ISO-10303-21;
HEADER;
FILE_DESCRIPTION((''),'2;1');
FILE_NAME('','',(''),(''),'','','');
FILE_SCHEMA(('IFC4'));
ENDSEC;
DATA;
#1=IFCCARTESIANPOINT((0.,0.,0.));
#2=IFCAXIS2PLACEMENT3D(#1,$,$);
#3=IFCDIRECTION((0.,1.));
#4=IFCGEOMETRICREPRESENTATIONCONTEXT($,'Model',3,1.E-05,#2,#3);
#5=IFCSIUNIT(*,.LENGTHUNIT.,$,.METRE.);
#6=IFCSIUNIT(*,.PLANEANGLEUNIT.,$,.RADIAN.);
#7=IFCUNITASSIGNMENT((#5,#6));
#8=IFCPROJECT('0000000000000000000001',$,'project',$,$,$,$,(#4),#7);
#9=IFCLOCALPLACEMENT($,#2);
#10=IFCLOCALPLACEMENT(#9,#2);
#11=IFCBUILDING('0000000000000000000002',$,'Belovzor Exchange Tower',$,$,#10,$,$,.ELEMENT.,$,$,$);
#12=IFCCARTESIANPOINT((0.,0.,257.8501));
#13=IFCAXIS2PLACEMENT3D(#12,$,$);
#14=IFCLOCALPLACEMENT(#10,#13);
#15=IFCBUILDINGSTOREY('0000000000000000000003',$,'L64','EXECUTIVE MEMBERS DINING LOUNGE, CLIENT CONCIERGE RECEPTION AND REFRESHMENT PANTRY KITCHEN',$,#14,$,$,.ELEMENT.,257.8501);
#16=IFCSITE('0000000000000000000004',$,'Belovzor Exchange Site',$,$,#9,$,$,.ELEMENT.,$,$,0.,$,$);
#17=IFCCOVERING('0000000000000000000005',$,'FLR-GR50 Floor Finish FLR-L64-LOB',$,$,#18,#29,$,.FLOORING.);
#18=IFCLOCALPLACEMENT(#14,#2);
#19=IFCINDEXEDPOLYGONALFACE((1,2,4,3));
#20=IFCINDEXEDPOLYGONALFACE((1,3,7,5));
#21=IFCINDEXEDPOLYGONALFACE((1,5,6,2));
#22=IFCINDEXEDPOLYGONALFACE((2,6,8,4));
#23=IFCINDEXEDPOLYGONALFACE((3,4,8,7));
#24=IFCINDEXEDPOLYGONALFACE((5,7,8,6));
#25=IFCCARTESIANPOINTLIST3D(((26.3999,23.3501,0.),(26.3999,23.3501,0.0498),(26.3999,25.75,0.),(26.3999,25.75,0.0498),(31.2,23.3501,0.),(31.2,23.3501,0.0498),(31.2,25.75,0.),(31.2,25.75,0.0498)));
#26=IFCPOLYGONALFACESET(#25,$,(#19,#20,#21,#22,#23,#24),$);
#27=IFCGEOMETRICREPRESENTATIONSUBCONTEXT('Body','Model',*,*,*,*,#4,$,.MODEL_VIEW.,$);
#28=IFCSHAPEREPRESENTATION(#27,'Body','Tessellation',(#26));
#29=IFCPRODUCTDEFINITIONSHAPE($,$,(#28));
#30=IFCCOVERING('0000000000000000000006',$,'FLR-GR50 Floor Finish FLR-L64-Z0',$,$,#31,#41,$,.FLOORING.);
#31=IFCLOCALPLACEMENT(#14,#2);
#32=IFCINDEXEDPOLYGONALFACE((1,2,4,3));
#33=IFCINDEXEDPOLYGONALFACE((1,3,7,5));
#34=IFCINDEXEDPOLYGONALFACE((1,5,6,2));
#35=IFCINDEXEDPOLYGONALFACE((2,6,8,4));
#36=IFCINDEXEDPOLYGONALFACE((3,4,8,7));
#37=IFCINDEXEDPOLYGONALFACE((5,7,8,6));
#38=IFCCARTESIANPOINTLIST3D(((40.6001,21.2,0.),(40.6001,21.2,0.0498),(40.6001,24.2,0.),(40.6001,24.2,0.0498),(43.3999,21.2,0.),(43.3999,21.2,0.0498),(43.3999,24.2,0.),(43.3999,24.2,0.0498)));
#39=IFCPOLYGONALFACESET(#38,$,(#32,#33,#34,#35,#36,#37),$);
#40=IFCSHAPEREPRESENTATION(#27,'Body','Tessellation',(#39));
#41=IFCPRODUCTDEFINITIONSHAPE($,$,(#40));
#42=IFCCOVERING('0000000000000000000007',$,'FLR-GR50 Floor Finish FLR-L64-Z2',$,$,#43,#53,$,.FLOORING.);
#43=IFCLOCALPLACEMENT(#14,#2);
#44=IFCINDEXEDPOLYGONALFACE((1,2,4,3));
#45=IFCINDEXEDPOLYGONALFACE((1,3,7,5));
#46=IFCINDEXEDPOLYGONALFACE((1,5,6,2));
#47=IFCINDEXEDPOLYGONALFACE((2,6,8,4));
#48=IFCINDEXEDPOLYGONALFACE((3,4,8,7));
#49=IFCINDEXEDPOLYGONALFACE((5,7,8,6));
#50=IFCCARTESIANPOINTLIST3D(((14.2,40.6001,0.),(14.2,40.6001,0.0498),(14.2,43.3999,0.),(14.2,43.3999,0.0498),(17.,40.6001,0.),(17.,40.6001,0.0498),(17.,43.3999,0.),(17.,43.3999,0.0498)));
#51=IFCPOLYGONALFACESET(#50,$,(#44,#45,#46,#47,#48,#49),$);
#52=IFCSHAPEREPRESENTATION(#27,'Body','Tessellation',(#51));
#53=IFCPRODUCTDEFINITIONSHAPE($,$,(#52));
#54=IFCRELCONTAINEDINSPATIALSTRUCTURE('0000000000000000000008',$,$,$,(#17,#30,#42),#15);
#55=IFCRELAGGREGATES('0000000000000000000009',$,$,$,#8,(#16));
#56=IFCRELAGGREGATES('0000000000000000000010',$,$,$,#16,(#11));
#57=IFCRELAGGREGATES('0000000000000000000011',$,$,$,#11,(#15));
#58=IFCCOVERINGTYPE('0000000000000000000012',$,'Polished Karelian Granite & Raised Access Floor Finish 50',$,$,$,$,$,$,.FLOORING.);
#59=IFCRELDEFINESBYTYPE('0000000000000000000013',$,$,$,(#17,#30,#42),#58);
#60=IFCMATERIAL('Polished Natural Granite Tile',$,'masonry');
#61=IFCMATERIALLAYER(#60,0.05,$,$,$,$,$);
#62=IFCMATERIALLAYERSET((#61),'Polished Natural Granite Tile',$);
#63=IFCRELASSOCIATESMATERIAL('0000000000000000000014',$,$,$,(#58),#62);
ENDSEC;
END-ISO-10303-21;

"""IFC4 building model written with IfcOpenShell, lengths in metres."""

from ifc_helpers import new_model, si_unit, direction, frame, origin, place, context, subcontext, project, spatial, polyline, outline, extrude, material, layer, layer_set, type_object, element, save


model = new_model("IFC4")

# Units and contexts
model_context = context("Model", 3, precision=1e-05, world=origin(), true_north=direction((0.0, 1.0)))
body_context = subcontext(model_context, "Body", "Model", "MODEL_VIEW")
ifc_project = project(units=[si_unit("LENGTHUNIT", "METRE"), si_unit("PLANEANGLEUNIT", "RADIAN")], contexts=[model_context])

# Site, building, storey
site_placement = place(None, origin())
site = spatial("IfcSite", under=ifc_project, at=site_placement, Name="Belovzor Exchange Site", CompositionType="ELEMENT", RefElevation=0.0)
building_placement = place(site_placement, origin())
building = spatial("IfcBuilding", under=site, at=building_placement, Name="Belovzor Exchange Tower", CompositionType="ELEMENT")
storey_placement = place(building_placement, frame((0.0, 0.0, 257.8501)))
storey = spatial("IfcBuildingStorey", under=building, at=storey_placement, Name="L64", Description="EXECUTIVE MEMBERS DINING LOUNGE, CLIENT CONCIERGE RECEPTION AND REFRESHMENT PANTRY KITCHEN", CompositionType="ELEMENT", Elevation=257.8501)

# Coverings
ifc_material_1 = material(Name="Polished Natural Granite Tile", Category="masonry")
ifc_layer_1 = layer(ifc_material_1, 0.05)
ifc_layer_set_1 = layer_set([ifc_layer_1], Name="Polished Natural Granite Tile")
covering_type_1 = type_object("IfcCoveringType", Name="Polished Karelian Granite & Raised Access Floor Finish 50", PredefinedType="FLOORING", material=ifc_layer_set_1)
covering_1_placement = place(storey_placement, origin())
element("IfcCovering", 1, at=covering_1_placement, inside=storey, type_object=covering_type_1, Name="FLR-GR50 Floor Finish FLR-L64-LOB", PredefinedType="FLOORING", context=body_context, shape_type="SweptSolid", body=[
    extrude(outline(polyline([(26.3999, 23.3501), (31.2, 23.3501), (31.2, 25.75), (26.3999, 25.75), (26.3999, 23.3501)])), origin(), (0.0, 0.0, 1.0), 0.0498),
])
covering_2_placement = place(storey_placement, origin())
element("IfcCovering", 2, at=covering_2_placement, inside=storey, type_object=covering_type_1, Name="FLR-GR50 Floor Finish FLR-L64-Z0", PredefinedType="FLOORING", context=body_context, shape_type="SweptSolid", body=[
    extrude(outline(polyline([(40.6001, 21.2), (43.3999, 21.2), (43.3999, 24.2), (40.6001, 24.2), (40.6001, 21.2)])), origin(), (0.0, 0.0, 1.0), 0.0498),
])
covering_3_placement = place(storey_placement, origin())
element("IfcCovering", 3, at=covering_3_placement, inside=storey, type_object=covering_type_1, Name="FLR-GR50 Floor Finish FLR-L64-Z2", PredefinedType="FLOORING", context=body_context, shape_type="SweptSolid", body=[
    extrude(outline(polyline([(14.2, 40.6001), (17.0, 40.6001), (17.0, 43.3999), (14.2, 43.3999), (14.2, 40.6001)])), origin(), (0.0, 0.0, 1.0), 0.0498),
])

save(model, "model.ifc")
